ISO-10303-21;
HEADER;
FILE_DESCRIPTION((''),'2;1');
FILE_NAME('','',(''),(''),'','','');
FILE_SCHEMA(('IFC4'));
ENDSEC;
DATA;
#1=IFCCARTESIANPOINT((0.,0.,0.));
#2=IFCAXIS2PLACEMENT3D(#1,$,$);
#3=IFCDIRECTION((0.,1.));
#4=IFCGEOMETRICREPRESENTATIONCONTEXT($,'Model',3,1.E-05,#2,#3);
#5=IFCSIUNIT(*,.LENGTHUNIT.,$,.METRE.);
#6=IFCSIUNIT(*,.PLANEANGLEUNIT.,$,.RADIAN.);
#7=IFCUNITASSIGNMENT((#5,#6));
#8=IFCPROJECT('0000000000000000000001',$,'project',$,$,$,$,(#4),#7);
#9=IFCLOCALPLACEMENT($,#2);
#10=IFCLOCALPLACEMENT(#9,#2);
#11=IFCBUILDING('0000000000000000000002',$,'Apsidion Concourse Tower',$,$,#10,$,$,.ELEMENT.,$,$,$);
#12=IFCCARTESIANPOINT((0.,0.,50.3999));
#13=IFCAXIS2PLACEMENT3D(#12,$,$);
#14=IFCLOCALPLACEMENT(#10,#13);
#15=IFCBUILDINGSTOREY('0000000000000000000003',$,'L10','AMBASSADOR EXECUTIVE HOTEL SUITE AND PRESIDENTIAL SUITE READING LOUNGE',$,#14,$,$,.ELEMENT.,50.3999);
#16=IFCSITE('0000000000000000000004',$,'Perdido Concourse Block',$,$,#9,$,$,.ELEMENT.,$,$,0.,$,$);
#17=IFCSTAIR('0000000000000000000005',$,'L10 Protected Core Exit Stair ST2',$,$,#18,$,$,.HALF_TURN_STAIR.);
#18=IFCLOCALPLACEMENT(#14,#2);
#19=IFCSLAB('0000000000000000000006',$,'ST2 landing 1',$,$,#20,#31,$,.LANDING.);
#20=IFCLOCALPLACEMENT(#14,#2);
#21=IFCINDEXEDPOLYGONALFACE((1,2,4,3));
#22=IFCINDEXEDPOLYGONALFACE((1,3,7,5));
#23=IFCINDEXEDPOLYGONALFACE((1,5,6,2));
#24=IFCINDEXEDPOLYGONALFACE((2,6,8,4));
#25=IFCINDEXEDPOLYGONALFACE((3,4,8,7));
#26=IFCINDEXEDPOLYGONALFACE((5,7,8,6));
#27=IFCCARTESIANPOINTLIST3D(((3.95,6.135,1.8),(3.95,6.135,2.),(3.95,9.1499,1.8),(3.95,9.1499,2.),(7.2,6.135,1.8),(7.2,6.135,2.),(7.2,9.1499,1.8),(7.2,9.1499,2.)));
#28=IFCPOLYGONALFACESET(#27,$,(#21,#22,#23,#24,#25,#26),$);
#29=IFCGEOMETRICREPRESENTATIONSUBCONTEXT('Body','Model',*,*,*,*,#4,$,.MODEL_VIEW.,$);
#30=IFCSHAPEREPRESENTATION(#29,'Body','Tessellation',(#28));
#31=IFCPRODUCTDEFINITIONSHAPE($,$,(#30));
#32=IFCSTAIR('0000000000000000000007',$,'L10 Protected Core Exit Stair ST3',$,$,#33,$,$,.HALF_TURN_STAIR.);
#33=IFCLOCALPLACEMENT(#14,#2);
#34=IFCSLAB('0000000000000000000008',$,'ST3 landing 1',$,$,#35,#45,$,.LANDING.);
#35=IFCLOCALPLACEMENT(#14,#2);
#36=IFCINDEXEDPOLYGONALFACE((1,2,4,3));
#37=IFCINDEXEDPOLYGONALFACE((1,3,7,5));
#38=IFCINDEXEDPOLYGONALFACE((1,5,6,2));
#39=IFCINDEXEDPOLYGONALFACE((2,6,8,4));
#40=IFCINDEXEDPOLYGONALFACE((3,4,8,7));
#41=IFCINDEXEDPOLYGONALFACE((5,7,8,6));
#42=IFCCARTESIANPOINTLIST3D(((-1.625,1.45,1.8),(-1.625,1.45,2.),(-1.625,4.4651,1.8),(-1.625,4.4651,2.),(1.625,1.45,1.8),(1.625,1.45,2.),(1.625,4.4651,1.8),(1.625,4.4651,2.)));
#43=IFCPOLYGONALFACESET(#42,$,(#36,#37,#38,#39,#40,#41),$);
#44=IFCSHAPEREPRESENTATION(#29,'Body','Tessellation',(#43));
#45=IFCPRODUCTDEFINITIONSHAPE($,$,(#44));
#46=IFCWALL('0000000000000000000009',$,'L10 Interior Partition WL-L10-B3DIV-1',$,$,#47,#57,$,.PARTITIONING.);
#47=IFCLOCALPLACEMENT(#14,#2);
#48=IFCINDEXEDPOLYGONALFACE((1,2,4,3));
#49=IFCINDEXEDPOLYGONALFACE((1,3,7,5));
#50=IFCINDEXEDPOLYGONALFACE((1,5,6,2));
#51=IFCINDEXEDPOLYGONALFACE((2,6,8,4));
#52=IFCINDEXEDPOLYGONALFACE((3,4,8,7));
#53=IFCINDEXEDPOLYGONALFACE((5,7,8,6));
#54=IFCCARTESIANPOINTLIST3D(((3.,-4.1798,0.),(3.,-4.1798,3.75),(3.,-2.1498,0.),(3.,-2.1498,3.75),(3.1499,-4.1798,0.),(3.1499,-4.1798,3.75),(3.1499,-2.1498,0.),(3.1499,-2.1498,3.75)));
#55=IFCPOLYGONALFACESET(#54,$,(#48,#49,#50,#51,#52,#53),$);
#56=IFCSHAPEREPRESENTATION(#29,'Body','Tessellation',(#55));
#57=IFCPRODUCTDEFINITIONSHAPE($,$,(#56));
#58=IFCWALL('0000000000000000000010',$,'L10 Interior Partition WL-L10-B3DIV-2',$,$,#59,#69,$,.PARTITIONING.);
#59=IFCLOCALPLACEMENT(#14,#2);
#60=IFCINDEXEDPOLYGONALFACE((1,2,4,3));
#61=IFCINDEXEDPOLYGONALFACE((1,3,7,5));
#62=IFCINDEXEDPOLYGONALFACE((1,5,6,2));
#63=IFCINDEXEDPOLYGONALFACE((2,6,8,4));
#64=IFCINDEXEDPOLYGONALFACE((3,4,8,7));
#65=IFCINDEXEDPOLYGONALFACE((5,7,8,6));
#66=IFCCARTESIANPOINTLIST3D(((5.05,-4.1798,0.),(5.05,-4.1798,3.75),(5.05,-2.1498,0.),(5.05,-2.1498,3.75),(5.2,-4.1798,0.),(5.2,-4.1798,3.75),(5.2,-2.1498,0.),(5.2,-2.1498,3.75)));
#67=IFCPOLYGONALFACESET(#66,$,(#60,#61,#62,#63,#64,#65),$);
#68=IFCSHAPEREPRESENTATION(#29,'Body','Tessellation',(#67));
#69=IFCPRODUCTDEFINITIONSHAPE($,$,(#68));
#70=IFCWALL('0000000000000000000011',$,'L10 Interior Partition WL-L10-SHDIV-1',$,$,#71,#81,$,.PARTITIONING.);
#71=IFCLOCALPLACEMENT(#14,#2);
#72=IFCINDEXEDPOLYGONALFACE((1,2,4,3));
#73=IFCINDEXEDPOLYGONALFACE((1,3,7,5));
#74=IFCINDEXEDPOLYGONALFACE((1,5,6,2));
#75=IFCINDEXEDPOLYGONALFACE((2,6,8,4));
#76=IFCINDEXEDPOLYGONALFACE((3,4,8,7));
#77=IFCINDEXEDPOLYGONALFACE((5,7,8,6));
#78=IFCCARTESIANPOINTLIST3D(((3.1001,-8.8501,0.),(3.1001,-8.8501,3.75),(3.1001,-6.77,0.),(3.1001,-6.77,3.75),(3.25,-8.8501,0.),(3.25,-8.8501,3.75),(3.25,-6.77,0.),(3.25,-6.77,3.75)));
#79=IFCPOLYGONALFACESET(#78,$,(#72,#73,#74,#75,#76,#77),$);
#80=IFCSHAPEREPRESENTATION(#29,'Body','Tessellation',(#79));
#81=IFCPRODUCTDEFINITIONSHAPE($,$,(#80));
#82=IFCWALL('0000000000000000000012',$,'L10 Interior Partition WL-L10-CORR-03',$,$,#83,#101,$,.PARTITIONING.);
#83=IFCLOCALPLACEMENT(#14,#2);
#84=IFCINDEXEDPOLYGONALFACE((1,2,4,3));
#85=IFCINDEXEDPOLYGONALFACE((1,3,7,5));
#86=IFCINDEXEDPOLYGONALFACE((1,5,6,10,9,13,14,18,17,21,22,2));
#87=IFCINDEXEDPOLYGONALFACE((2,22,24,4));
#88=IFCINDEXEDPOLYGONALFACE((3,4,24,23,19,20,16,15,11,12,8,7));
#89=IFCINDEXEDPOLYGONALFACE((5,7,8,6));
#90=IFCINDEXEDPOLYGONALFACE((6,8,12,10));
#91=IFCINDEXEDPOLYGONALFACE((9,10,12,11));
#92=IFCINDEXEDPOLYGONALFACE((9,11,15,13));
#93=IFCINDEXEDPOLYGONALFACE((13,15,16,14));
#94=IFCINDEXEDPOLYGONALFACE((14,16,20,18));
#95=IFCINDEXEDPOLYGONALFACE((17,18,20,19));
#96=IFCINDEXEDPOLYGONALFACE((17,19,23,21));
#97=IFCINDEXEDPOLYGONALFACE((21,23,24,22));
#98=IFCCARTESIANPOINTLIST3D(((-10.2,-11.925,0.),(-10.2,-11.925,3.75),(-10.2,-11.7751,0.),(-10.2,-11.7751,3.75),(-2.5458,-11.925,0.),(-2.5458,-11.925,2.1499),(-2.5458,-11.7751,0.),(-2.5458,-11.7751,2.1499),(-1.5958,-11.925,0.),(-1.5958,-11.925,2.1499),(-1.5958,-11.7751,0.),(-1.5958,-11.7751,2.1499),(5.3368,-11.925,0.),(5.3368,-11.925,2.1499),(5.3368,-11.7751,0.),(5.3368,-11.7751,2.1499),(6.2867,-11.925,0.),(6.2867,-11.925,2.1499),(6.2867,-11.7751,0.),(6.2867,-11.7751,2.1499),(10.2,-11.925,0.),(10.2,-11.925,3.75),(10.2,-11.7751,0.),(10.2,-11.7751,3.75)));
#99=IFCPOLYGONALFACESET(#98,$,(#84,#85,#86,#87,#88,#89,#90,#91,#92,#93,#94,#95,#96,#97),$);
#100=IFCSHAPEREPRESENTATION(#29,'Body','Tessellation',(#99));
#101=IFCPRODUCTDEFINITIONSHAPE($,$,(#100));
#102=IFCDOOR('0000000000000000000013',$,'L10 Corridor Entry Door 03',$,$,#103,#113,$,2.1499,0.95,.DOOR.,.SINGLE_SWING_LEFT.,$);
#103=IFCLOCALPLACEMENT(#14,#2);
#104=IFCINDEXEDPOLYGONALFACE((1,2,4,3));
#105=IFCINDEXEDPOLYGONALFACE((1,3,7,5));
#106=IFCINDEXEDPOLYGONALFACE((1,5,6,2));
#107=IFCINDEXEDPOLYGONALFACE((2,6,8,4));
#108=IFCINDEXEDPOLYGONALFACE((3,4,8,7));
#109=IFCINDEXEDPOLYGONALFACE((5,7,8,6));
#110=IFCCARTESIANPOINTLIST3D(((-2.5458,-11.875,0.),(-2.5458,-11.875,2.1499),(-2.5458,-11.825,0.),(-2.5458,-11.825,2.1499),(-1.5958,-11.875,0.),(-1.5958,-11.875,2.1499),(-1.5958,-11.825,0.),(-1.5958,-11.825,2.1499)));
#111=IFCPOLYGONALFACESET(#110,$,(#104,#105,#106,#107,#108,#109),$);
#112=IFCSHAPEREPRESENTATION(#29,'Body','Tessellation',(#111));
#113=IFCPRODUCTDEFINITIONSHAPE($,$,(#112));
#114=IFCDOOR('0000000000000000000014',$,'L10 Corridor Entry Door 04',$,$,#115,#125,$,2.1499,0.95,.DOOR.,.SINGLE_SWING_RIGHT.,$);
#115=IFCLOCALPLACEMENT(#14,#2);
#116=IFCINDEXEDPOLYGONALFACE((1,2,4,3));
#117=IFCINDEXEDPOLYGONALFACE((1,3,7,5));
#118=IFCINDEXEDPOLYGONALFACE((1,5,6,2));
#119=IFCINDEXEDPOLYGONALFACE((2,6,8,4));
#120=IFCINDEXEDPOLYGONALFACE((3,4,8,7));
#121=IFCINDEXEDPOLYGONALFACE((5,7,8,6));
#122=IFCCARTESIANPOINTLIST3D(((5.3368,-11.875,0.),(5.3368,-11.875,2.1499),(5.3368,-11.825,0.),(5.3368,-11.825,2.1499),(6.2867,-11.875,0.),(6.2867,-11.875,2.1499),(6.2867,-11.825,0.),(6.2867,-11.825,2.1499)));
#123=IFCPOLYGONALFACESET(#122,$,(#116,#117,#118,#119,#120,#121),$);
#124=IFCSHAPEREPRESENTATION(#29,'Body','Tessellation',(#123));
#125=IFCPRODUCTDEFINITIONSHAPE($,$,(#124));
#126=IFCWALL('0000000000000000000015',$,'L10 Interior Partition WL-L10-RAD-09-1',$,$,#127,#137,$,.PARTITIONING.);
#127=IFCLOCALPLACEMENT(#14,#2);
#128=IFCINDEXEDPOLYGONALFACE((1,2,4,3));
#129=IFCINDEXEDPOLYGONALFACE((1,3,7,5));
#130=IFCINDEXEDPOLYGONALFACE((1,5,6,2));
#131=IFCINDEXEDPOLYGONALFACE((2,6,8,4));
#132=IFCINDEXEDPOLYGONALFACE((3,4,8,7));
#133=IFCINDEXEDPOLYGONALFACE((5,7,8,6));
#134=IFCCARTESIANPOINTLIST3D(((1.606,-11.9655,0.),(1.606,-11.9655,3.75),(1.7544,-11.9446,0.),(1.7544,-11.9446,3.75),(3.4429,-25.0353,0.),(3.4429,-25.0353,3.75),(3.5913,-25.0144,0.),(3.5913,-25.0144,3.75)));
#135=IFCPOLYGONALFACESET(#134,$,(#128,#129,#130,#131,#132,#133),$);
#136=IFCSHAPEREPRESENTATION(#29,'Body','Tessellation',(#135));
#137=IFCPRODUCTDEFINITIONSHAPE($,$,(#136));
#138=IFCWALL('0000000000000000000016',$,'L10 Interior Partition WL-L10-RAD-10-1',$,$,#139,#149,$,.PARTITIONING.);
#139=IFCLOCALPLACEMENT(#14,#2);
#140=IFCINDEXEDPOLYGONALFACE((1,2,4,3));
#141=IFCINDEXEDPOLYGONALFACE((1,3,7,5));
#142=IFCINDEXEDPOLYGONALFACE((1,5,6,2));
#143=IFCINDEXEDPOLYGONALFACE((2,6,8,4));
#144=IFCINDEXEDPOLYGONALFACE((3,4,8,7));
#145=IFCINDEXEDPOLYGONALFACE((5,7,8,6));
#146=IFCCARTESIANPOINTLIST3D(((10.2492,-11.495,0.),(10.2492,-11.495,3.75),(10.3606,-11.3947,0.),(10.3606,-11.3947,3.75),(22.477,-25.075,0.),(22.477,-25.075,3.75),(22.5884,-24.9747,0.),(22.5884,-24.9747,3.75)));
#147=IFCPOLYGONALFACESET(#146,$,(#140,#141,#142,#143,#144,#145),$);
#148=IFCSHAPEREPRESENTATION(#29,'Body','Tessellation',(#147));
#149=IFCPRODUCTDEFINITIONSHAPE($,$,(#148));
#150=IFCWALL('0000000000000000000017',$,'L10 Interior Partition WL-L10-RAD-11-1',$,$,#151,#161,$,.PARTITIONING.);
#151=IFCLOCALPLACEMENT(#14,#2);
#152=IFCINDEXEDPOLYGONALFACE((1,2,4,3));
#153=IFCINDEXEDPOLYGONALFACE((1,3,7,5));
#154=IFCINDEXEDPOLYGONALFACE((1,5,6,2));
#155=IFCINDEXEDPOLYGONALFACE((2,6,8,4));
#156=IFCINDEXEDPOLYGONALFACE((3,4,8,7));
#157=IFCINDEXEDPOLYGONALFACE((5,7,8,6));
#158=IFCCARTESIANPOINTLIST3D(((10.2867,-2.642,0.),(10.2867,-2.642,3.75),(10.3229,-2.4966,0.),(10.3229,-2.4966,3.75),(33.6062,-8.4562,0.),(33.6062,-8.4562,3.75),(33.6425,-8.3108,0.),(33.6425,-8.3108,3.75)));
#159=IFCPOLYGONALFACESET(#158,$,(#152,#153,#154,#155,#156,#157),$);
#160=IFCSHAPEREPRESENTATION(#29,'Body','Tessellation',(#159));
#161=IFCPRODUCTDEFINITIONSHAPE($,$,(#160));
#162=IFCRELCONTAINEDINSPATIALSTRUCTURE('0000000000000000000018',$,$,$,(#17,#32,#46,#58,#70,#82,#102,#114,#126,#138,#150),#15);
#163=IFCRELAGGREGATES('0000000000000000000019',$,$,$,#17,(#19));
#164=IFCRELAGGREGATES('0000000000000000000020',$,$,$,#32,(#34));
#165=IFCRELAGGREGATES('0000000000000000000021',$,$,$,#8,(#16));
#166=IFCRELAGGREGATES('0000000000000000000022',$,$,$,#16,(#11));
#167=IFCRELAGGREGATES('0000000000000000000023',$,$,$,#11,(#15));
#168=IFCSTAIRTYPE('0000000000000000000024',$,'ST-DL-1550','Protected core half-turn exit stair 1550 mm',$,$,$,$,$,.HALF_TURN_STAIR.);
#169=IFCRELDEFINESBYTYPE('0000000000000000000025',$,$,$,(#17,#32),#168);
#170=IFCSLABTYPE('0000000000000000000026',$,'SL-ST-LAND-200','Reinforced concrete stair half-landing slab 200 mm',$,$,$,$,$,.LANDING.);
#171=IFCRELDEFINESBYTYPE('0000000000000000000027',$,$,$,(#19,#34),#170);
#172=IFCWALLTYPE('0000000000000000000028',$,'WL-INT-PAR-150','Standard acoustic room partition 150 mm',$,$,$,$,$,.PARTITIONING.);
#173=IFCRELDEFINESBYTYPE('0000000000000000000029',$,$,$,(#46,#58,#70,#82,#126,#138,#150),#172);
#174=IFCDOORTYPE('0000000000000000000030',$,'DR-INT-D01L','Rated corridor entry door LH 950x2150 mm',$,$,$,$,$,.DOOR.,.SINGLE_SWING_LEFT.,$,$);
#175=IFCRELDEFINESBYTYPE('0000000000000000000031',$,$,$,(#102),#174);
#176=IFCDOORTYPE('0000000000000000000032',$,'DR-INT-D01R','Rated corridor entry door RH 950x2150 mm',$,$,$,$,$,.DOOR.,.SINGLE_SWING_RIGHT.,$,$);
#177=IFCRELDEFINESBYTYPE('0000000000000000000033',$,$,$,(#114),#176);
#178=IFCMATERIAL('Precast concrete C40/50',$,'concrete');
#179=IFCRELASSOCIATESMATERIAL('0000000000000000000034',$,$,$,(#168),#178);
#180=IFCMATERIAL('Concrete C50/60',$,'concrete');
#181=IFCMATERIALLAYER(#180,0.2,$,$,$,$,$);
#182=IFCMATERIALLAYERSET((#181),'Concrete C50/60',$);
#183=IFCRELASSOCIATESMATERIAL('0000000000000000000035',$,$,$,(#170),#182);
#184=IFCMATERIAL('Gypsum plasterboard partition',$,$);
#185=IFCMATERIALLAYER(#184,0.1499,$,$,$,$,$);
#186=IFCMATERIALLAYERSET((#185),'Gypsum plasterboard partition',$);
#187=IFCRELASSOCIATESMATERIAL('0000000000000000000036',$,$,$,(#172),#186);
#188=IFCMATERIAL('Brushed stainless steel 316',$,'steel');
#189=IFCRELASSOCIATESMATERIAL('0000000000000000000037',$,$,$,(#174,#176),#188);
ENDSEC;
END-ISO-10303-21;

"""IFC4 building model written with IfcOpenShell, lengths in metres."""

from ifc_helpers import new_model, si_unit, direction, frame, frame_2d, origin, place, context, subcontext, project, spatial, polyline, rectangle, outline, extrude, material, layer, layer_set, type_object, element, fill, aggregate, save


model = new_model("IFC4")

# Units and contexts
model_context = context("Model", 3, precision=1e-05, world=origin(), true_north=direction((0.0, 1.0)))
body_context = subcontext(model_context, "Body", "Model", "MODEL_VIEW")
ifc_project = project(units=[si_unit("LENGTHUNIT", "METRE"), si_unit("PLANEANGLEUNIT", "RADIAN")], contexts=[model_context])

# Site, building, storey
site_placement = place(None, origin())
site = spatial("IfcSite", under=ifc_project, at=site_placement, Name="Perdido Concourse Block", CompositionType="ELEMENT", RefElevation=0.0)
building_placement = place(site_placement, origin())
building = spatial("IfcBuilding", under=site, at=building_placement, Name="Apsidion Concourse Tower", CompositionType="ELEMENT")
storey_placement = place(building_placement, frame((0.0, 0.0, 50.3999)))
storey = spatial("IfcBuildingStorey", under=building, at=storey_placement, Name="L10", Description="AMBASSADOR EXECUTIVE HOTEL SUITE AND PRESIDENTIAL SUITE READING LOUNGE", CompositionType="ELEMENT", Elevation=50.3999)

# Shared definitions
ifc_material_1 = material(Name="Concrete C50/60", Category="concrete")

# Stairs, slabs
ifc_material_2 = material(Name="Precast concrete C40/50", Category="concrete")
stair_type = type_object("IfcStairType", Name="ST-DL-1550", Description="Protected core half-turn exit stair 1550 mm", PredefinedType="HALF_TURN_STAIR", material=ifc_material_2)
ifc_layer_1 = layer(ifc_material_1, 0.2)
ifc_layer_set_1 = layer_set([ifc_layer_1], Name="Concrete C50/60")
slab_type_1 = type_object("IfcSlabType", Name="SL-ST-LAND-200", Description="Reinforced concrete stair half-landing slab 200 mm", PredefinedType="LANDING", material=ifc_layer_set_1)
stair_1_placement = place(storey_placement, origin())
stair_1 = element("IfcStair", 1, at=stair_1_placement, inside=storey, type_object=stair_type, Name="L10 Protected Core Exit Stair ST2", PredefinedType="HALF_TURN_STAIR")
slab_1_placement = place(storey_placement, frame((0.0, 0.0, 1.8)))
slab_1 = element("IfcSlab", 2, at=slab_1_placement, type_object=slab_type_1, Name="ST2 landing 1", PredefinedType="LANDING", context=body_context, shape_type="SweptSolid", body=[
    extrude(outline(polyline([(7.2, 6.135), (7.2, 9.1499), (3.95, 9.1499), (3.95, 6.135), (7.2, 6.135)])), origin(), (0.0, 0.0, 1.0), 0.2),
])
aggregate(stair_1, [slab_1])
stair_2_placement = place(storey_placement, origin())
stair_2 = element("IfcStair", 3, at=stair_2_placement, inside=storey, type_object=stair_type, Name="L10 Protected Core Exit Stair ST3", PredefinedType="HALF_TURN_STAIR")
slab_2_placement = place(storey_placement, frame((0.0, 0.0, 1.8)))
slab_2 = element("IfcSlab", 4, at=slab_2_placement, type_object=slab_type_1, Name="ST3 landing 1", PredefinedType="LANDING", context=body_context, shape_type="SweptSolid", body=[
    extrude(outline(polyline([(-1.625, 4.4651), (-1.625, 1.45), (1.625, 1.45), (1.625, 4.4651), (-1.625, 4.4651)])), origin(), (0.0, 0.0, 1.0), 0.2),
])
aggregate(stair_2, [slab_2])

# Walls
ifc_material_3 = material(Name="Gypsum plasterboard partition")
ifc_layer_2 = layer(ifc_material_3, 0.1499)
ifc_layer_set_2 = layer_set([ifc_layer_2], Name="Gypsum plasterboard partition")
wall_type_1 = type_object("IfcWallType", Name="WL-INT-PAR-150", Description="Standard acoustic room partition 150 mm", PredefinedType="PARTITIONING", material=ifc_layer_set_2)
for number, where, z_axis, x_axis, name in (
    (5, (3.075, -4.1799, 0.0), (0.0, 0.0, 1.0), (0.0, 1.0, 0.0), "L10 Interior Partition WL-L10-B3DIV-1"),
    (6, (5.125, -4.1799, 0.0), (0.0, 0.0, 1.0), (0.0, 1.0, 0.0), "L10 Interior Partition WL-L10-B3DIV-2"),
):
    element("IfcWall", number, at=place(storey_placement, frame(where, z_axis=z_axis, x_axis=x_axis)), inside=storey, type_object=wall_type_1, Name=name, PredefinedType="PARTITIONING", context=body_context, shape_type="SweptSolid", body=[
        extrude(rectangle(XDim=2.03, YDim=0.1499, at=frame_2d((1.0151, 0.0))), origin(), (0.0, 0.0, 1.0), 3.75),
    ])
wall_1_placement = place(storey_placement, frame((3.175, -8.8501, 0.0), z_axis=(0.0, 0.0, 1.0), x_axis=(0.0, 1.0, 0.0)))
element("IfcWall", 7, at=wall_1_placement, inside=storey, type_object=wall_type_1, Name="L10 Interior Partition WL-L10-SHDIV-1", PredefinedType="PARTITIONING", context=body_context, shape_type="SweptSolid", body=[
    extrude(rectangle(XDim=2.0801, YDim=0.1499, at=frame_2d((1.04, 0.0))), origin(), (0.0, 0.0, 1.0), 3.75),
])

# Wall, openings, doors
wall_2_placement = place(storey_placement, frame((10.2, -11.8501, 0.0), z_axis=(0.0, 0.0, 1.0), x_axis=(-1.0, 0.0, 0.0)))
wall_2 = element("IfcWall", 8, at=wall_2_placement, inside=storey, type_object=wall_type_1, Name="L10 Interior Partition WL-L10-CORR-03", PredefinedType="PARTITIONING", context=body_context, shape_type="SweptSolid", body=[
    extrude(rectangle(XDim=20.3999, YDim=0.1499, at=frame_2d((10.2, 0.0))), origin(), (0.0, 0.0, 1.0), 3.75),
])
opening_1_placement = place(wall_2_placement, frame((11.7957, 0.0, 0.0)))
opening_1 = element("IfcOpeningElement", 9, at=opening_1_placement, cuts=wall_2, PredefinedType="OPENING", context=body_context, shape_type="SweptSolid", body=[
    extrude(rectangle(XDim=0.95, YDim=2.1499, at=frame_2d((0.4751, 1.075))), frame((0.0, 0.085, 0.0), z_axis=(0.0, -1.0, 0.0), x_axis=(1.0, 0.0, 0.0)), (0.0, 0.0, 1.0), 0.1699),
])
opening_2_placement = place(wall_2_placement, frame((3.9131, 0.0, 0.0)))
opening_2 = element("IfcOpeningElement", 10, at=opening_2_placement, cuts=wall_2, PredefinedType="OPENING", context=body_context, shape_type="SweptSolid", body=[
    extrude(rectangle(XDim=0.95, YDim=2.1499, at=frame_2d((0.4751, 1.075))), frame((0.0, 0.085, 0.0), z_axis=(0.0, -1.0, 0.0), x_axis=(1.0, 0.0, 0.0)), (0.0, 0.0, 1.0), 0.1699),
])
ifc_material_4 = material(Name="Brushed stainless steel 316", Category="steel")
door_type_1 = type_object("IfcDoorType", Name="DR-INT-D01L", Description="Rated corridor entry door LH 950x2150 mm", OperationType="SINGLE_SWING_LEFT", PredefinedType="DOOR", material=ifc_material_4)
door_1_placement = place(opening_1_placement, origin())
door_1 = element("IfcDoor", 11, at=door_1_placement, inside=storey, type_object=door_type_1, Name="L10 Corridor Entry Door 03", OperationType="SINGLE_SWING_LEFT", OverallHeight=2.1499, OverallWidth=0.95, PredefinedType="DOOR", context=body_context, shape_type="SweptSolid", body=[
    extrude(rectangle(XDim=0.95, YDim=2.1499, at=frame_2d((0.4751, 1.075))), frame((0.0, 0.0249, 0.0), z_axis=(0.0, -1.0, 0.0), x_axis=(1.0, 0.0, 0.0)), (0.0, 0.0, 1.0), 0.05),
])
fill(opening_1, door_1)
door_type_2 = type_object("IfcDoorType", Name="DR-INT-D01R", Description="Rated corridor entry door RH 950x2150 mm", OperationType="SINGLE_SWING_RIGHT", PredefinedType="DOOR", material=ifc_material_4)
door_2_placement = place(opening_2_placement, origin())
door_2 = element("IfcDoor", 12, at=door_2_placement, inside=storey, type_object=door_type_2, Name="L10 Corridor Entry Door 04", OperationType="SINGLE_SWING_RIGHT", OverallHeight=2.1499, OverallWidth=0.95, PredefinedType="DOOR", context=body_context, shape_type="SweptSolid", body=[
    extrude(rectangle(XDim=0.95, YDim=2.1499, at=frame_2d((0.4751, 1.075))), frame((0.0, 0.0249, 0.0), z_axis=(0.0, -1.0, 0.0), x_axis=(1.0, 0.0, 0.0)), (0.0, 0.0, 1.0), 0.05),
])
fill(opening_2, door_2)

# Walls
wall_3_placement = place(storey_placement, frame((1.6802, -11.9551, 0.0), z_axis=(0.0, 0.0, 1.0), x_axis=(0.139178, -0.990267, 0.0)))
element("IfcWall", 13, at=wall_3_placement, inside=storey, type_object=wall_type_1, Name="L10 Interior Partition WL-L10-RAD-09-1", PredefinedType="PARTITIONING", context=body_context, shape_type="SweptSolid", body=[
    extrude(rectangle(XDim=13.1982, YDim=0.1499, at=frame_2d((6.5991, 0.0))), origin(), (0.0, 0.0, 1.0), 3.75),
])
wall_4_placement = place(storey_placement, frame((10.3049, -11.4448, 0.0), z_axis=(0.0, 0.0, 1.0), x_axis=(0.669137, -0.743139, 0.0)))
element("IfcWall", 14, at=wall_4_placement, inside=storey, type_object=wall_type_1, Name="L10 Interior Partition WL-L10-RAD-10-1", PredefinedType="PARTITIONING", context=body_context, shape_type="SweptSolid", body=[
    extrude(rectangle(XDim=18.2739, YDim=0.1499, at=frame_2d((9.137, 0.0))), origin(), (0.0, 0.0, 1.0), 3.75),
])
wall_5_placement = place(storey_placement, frame((10.3049, -2.5693, 0.0), z_axis=(0.0, 0.0, 1.0), x_axis=(0.970296, -0.241921, 0.0)))
element("IfcWall", 15, at=wall_5_placement, inside=storey, type_object=wall_type_1, Name="L10 Interior Partition WL-L10-RAD-11-1", PredefinedType="PARTITIONING", context=body_context, shape_type="SweptSolid", body=[
    extrude(rectangle(XDim=24.0334, YDim=0.1499, at=frame_2d((12.0166, 0.0))), origin(), (0.0, 0.0, 1.0), 3.75),
])

save(model, "model.ifc")
